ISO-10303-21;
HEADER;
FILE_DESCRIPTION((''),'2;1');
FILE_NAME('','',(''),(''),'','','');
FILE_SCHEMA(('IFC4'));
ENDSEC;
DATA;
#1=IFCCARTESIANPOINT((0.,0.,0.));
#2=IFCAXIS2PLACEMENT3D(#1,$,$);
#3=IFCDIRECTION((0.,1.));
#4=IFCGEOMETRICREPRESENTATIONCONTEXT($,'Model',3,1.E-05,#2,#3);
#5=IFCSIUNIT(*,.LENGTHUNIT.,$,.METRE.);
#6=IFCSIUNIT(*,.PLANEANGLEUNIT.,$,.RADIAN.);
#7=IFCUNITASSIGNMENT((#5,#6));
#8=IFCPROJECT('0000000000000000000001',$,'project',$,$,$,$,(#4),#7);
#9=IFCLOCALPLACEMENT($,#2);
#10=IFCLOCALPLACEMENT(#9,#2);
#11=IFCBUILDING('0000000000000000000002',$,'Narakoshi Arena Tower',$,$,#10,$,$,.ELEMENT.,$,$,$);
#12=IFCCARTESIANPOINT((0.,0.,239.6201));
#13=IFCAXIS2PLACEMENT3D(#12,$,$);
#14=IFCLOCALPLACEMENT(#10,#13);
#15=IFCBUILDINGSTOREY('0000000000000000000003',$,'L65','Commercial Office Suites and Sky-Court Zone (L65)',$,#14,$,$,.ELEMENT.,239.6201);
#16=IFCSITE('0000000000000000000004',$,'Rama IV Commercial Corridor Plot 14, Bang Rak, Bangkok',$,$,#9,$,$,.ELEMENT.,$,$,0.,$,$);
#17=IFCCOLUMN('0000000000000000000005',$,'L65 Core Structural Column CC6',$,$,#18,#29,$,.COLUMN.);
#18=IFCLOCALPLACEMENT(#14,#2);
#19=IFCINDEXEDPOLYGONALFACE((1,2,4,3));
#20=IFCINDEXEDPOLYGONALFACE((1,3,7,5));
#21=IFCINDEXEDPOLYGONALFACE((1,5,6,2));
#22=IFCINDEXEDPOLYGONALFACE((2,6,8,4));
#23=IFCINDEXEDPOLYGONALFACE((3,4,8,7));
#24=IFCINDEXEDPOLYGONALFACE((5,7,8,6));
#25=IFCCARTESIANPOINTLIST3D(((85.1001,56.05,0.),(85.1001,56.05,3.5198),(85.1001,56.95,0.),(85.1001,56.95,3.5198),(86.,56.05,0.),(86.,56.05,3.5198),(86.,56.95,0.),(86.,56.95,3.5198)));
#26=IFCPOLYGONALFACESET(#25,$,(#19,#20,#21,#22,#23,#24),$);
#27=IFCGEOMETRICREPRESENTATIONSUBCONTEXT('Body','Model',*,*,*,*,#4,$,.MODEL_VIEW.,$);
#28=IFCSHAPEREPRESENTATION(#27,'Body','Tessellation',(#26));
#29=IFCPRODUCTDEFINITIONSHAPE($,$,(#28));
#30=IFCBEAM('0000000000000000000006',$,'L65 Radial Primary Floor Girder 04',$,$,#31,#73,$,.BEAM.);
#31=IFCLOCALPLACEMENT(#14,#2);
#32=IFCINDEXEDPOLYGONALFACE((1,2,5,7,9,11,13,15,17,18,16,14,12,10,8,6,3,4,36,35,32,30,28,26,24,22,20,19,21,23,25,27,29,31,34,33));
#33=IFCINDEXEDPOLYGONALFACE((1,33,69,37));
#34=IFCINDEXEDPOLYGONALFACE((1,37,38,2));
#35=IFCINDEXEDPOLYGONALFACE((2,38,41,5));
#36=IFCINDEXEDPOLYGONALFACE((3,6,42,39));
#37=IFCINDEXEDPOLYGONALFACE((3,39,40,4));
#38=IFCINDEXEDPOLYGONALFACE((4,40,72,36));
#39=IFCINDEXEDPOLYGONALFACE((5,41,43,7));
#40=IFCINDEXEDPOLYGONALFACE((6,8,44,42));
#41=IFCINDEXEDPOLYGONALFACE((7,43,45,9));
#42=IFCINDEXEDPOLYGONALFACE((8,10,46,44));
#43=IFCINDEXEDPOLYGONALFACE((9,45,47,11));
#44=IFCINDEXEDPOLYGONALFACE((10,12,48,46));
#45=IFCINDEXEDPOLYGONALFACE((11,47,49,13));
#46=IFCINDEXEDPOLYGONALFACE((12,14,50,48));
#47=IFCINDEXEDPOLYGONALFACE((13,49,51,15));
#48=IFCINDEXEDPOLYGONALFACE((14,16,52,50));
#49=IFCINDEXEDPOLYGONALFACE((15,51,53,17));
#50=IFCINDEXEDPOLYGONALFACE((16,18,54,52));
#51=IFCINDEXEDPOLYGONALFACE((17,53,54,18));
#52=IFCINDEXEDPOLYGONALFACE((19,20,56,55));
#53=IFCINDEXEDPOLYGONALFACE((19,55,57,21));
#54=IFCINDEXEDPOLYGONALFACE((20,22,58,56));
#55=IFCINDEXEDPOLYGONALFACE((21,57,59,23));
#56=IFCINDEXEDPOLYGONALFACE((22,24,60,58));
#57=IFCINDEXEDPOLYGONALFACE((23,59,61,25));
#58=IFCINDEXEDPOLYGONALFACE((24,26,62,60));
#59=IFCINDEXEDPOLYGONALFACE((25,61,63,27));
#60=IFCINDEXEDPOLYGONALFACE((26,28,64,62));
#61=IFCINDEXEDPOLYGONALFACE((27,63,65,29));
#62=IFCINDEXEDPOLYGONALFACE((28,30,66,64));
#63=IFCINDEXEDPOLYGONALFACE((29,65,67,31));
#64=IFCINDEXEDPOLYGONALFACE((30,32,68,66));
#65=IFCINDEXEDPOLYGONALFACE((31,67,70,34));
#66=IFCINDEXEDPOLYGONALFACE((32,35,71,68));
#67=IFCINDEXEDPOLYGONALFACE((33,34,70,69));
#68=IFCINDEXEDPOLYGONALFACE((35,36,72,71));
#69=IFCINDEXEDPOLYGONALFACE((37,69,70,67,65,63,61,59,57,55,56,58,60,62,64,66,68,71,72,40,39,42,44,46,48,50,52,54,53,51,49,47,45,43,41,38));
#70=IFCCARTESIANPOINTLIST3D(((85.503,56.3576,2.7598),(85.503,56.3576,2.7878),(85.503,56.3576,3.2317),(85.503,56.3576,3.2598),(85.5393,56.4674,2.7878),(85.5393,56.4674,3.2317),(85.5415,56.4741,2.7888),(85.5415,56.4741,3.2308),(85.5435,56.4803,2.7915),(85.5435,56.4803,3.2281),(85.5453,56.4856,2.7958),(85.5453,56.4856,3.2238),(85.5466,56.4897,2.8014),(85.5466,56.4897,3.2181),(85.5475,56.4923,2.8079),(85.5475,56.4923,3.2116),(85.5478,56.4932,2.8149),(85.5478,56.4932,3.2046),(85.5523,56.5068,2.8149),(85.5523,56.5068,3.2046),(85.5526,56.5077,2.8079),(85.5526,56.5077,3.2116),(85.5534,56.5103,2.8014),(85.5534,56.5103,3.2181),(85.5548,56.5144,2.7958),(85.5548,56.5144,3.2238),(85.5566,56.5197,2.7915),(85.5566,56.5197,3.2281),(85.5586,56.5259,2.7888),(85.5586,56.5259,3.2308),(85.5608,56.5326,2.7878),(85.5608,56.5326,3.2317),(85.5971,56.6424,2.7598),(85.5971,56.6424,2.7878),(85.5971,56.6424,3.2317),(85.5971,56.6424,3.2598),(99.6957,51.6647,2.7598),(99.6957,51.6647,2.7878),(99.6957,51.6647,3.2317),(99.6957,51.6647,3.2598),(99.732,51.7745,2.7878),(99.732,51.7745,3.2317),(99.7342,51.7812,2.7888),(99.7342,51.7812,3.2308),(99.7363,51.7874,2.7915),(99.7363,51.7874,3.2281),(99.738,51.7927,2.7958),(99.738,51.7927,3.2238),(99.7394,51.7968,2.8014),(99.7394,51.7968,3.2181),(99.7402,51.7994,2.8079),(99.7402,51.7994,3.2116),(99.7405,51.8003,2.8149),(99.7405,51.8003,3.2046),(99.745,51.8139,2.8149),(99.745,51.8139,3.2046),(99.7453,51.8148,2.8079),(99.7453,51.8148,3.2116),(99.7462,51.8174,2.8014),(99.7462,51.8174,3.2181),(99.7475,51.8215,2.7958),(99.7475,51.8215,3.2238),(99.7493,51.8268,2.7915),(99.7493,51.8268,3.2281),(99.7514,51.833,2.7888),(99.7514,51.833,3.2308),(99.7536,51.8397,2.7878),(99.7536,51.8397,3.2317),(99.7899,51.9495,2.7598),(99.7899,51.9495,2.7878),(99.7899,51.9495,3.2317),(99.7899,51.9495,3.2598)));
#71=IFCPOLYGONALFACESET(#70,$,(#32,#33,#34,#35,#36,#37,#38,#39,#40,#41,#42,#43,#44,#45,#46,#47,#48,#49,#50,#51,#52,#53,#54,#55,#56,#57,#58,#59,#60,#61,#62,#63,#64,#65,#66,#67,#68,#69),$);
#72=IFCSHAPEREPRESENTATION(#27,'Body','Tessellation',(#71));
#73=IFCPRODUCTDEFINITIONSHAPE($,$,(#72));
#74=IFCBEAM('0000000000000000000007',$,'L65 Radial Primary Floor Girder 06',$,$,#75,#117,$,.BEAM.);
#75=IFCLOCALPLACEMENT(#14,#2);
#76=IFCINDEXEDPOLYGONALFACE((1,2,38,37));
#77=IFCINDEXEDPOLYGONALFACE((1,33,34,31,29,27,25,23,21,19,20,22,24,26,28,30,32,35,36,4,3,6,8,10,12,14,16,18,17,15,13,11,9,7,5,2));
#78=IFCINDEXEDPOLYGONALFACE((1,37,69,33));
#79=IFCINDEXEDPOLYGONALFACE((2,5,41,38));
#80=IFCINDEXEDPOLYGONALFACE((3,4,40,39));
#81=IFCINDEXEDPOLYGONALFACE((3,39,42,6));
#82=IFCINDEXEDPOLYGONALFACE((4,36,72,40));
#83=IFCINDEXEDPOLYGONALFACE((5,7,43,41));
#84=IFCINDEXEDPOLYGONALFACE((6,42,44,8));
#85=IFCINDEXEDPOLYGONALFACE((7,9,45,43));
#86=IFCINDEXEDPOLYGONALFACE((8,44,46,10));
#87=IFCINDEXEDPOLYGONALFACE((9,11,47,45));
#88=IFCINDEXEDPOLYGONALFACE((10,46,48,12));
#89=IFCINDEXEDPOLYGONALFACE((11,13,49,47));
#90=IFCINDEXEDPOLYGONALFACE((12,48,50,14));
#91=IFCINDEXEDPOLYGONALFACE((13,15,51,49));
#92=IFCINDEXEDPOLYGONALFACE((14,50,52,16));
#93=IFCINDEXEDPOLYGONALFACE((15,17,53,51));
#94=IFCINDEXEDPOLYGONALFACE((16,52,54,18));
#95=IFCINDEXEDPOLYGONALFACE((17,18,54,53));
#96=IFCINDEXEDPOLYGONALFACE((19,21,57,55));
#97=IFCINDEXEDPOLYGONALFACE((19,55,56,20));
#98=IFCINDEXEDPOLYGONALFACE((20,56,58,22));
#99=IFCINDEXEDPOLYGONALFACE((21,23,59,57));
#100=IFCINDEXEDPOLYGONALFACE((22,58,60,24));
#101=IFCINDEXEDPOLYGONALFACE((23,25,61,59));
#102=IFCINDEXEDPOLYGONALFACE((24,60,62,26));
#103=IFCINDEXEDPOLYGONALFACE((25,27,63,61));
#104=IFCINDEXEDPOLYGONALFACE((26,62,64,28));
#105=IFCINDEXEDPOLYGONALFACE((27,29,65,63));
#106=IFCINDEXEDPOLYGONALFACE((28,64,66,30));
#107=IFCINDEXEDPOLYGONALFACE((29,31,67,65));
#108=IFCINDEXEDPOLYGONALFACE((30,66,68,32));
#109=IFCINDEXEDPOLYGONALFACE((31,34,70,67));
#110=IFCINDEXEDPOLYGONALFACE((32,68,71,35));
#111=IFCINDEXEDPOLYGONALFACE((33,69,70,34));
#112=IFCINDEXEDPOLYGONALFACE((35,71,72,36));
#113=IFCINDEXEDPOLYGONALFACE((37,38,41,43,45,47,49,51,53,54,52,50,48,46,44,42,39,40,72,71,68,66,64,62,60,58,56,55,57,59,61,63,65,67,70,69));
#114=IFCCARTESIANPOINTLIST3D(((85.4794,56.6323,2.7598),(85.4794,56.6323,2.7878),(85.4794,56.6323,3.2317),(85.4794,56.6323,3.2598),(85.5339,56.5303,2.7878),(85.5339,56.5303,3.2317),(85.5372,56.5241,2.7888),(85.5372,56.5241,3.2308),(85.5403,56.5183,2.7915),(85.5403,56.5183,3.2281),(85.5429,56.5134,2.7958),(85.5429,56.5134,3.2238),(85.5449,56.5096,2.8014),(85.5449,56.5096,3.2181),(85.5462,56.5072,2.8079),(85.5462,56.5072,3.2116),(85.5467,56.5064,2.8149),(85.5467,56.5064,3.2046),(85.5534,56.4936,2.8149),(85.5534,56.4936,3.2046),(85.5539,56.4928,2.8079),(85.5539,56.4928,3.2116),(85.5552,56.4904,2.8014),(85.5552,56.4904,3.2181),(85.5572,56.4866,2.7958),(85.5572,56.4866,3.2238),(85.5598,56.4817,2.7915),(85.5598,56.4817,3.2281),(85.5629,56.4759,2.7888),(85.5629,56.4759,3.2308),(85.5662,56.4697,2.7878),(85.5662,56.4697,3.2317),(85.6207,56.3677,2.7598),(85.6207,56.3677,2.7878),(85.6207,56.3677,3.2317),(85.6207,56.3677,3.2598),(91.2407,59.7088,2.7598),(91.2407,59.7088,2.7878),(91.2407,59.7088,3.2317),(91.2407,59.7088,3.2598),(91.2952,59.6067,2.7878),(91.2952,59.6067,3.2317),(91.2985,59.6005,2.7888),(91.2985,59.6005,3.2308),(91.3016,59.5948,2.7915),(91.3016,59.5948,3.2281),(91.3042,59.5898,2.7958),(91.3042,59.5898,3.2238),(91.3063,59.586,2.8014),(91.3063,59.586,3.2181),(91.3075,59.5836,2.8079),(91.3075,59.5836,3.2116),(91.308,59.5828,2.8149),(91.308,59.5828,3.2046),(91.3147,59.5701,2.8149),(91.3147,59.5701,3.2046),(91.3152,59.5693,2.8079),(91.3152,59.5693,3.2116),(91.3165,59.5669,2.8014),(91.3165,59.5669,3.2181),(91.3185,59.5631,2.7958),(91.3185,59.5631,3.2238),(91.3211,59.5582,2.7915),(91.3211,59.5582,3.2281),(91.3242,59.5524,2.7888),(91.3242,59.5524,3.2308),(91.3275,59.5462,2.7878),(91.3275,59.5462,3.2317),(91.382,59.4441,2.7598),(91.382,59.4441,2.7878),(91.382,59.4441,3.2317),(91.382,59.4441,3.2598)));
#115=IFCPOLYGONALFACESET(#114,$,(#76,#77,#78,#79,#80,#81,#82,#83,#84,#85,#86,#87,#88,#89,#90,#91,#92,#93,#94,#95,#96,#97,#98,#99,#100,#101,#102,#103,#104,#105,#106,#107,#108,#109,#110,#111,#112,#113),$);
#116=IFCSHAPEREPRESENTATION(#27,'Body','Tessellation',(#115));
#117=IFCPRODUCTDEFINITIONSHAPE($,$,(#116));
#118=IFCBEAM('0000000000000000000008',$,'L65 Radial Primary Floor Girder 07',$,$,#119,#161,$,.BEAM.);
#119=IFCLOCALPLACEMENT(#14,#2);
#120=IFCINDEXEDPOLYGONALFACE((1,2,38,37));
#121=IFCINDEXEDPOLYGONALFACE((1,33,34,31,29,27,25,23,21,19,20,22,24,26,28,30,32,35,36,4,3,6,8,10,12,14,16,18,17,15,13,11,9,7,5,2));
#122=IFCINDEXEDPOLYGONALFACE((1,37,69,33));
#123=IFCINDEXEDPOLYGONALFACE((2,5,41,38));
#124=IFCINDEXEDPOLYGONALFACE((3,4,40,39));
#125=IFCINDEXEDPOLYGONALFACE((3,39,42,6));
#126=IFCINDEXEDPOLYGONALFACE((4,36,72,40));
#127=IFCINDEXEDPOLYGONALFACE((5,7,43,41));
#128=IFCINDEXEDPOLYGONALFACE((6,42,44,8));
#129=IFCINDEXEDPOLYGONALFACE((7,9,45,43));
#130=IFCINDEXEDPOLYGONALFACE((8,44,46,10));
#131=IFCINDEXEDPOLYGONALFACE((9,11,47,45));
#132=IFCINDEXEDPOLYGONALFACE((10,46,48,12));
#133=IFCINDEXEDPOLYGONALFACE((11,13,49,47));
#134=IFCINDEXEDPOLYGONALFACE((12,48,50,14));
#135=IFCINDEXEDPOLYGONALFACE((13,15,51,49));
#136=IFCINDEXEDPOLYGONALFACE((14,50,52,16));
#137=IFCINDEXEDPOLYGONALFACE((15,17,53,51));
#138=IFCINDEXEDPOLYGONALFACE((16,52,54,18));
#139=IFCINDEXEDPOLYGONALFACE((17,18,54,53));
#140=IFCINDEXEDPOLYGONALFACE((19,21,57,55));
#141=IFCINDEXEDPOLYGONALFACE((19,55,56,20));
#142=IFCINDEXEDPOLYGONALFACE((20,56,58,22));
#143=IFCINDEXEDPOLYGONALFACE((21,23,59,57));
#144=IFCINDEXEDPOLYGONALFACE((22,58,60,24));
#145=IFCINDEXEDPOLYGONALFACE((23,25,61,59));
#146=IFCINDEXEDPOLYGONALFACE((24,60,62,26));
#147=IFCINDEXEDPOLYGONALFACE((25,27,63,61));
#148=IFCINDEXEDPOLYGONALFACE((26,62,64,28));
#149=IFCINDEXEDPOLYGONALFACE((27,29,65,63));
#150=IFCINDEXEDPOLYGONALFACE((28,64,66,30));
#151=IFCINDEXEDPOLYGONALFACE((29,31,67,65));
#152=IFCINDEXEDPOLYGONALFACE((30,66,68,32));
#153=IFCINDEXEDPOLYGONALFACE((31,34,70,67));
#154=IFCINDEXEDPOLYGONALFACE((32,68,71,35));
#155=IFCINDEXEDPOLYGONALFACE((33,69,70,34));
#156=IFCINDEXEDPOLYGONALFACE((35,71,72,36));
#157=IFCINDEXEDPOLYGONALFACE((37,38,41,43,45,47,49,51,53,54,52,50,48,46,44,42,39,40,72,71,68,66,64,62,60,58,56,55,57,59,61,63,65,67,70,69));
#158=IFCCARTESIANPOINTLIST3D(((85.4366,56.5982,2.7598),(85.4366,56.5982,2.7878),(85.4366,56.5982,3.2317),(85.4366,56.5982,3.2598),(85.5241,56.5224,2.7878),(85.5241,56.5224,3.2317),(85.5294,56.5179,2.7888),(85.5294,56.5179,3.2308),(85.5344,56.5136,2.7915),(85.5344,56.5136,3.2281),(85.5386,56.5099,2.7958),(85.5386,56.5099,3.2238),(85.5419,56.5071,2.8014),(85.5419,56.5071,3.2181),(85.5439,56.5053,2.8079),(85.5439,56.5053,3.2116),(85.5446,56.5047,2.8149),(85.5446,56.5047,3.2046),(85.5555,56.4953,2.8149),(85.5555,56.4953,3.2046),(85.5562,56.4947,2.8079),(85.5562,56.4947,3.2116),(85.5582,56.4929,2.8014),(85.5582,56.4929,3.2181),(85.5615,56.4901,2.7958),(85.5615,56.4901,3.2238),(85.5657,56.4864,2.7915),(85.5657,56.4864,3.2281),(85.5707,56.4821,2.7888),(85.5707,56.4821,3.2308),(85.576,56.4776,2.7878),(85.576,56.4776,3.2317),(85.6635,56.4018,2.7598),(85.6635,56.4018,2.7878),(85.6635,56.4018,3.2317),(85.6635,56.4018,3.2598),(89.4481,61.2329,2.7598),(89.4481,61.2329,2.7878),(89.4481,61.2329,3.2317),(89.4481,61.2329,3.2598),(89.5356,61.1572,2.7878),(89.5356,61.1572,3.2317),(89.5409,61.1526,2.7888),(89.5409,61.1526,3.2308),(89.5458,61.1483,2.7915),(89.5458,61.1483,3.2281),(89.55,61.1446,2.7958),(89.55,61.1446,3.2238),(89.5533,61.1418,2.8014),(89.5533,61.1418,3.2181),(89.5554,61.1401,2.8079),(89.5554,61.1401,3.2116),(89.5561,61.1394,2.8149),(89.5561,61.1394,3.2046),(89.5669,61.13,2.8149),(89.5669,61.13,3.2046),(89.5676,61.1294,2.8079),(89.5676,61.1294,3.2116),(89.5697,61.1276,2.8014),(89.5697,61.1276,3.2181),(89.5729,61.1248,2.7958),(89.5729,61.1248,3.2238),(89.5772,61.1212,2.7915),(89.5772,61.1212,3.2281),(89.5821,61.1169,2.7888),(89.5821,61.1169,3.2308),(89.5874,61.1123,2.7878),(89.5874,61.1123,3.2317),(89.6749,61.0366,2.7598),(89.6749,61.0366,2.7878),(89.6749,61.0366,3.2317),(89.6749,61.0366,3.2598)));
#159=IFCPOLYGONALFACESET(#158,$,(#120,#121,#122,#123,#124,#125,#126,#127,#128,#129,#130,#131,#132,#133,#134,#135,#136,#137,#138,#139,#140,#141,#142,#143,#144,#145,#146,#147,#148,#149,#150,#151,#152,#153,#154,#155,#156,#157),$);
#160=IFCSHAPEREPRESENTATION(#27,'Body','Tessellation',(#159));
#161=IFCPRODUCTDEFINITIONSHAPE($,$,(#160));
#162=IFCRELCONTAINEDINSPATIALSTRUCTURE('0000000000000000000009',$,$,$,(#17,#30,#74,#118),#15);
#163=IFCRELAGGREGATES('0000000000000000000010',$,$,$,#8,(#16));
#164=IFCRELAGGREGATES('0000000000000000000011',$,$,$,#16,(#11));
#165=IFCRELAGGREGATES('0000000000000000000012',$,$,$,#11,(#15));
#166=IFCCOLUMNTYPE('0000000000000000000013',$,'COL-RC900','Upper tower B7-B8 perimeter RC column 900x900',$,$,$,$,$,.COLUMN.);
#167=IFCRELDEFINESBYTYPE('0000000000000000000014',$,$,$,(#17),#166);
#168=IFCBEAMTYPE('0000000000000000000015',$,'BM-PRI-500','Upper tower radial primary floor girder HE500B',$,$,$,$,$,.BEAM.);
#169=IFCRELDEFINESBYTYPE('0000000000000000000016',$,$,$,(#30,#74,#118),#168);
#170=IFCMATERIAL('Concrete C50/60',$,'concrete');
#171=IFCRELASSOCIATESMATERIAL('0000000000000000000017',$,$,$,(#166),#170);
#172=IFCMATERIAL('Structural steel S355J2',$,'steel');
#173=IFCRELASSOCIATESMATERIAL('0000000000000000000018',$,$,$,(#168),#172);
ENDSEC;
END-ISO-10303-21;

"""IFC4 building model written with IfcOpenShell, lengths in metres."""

from ifc_helpers import new_model, si_unit, direction, frame, origin, origin_2d, place, context, subcontext, project, spatial, rectangle, i_section, extrude, material, material_profile, profile_set, type_object, element, save


model = new_model("IFC4")

# Units and contexts
model_context = context("Model", 3, precision=1e-05, world=origin(), true_north=direction((0.0, 1.0)))
body_context = subcontext(model_context, "Body", "Model", "MODEL_VIEW")
ifc_project = project(units=[si_unit("LENGTHUNIT", "METRE"), si_unit("PLANEANGLEUNIT", "RADIAN")], contexts=[model_context])

# Site, building, storey
site_placement = place(None, origin())
site = spatial("IfcSite", under=ifc_project, at=site_placement, Name="Rama IV Commercial Corridor Plot 14, Bang Rak, Bangkok", CompositionType="ELEMENT", RefElevation=0.0)
building_placement = place(site_placement, origin())
building = spatial("IfcBuilding", under=site, at=building_placement, Name="Narakoshi Arena Tower", CompositionType="ELEMENT")
storey_placement = place(building_placement, frame((0.0, 0.0, 239.6201)))
storey = spatial("IfcBuildingStorey", under=building, at=storey_placement, Name="L65", Description="Commercial Office Suites and Sky-Court Zone (L65)", CompositionType="ELEMENT", Elevation=239.6201)

# Column
ifc_material_1 = material(Name="Concrete C50/60", Category="concrete")
ifc_material_profile_1 = material_profile(ifc_material_1, rectangle(XDim=0.8999, YDim=0.8999, at=origin_2d()), Name="RC900x900")
ifc_profile_set_1 = profile_set([ifc_material_profile_1], Name="Concrete C50/60")
column_type = type_object("IfcColumnType", Name="COL-RC900", Description="Upper tower B7-B8 perimeter RC column 900x900", PredefinedType="COLUMN", material=ifc_profile_set_1)
column_placement = place(storey_placement, frame((85.55, 56.5, 0.0), z_axis=(0.0, 0.0, 1.0), x_axis=(1.0, 0.0, 0.0)))
element("IfcColumn", 1, at=column_placement, inside=storey, type_object=column_type, Name="L65 Core Structural Column CC6", PredefinedType="COLUMN", context=body_context, shape_type="SweptSolid", body=[
    extrude(rectangle(XDim=0.8999, YDim=0.8999, at=origin_2d()), origin(), (0.0, 0.0, 1.0), 3.5198),
])

# Beams
ifc_material_2 = material(Name="Structural steel S355J2", Category="steel")
ifc_material_profile_2 = material_profile(ifc_material_2, i_section(OverallWidth=0.3, OverallDepth=0.5, WebThickness=0.0144, FlangeThickness=0.0281, FilletRadius=0.0271, at=origin_2d()), Name="HE500B")
ifc_profile_set_2 = profile_set([ifc_material_profile_2], Name="Structural steel S355J2")
beam_type = type_object("IfcBeamType", Name="BM-PRI-500", Description="Upper tower radial primary floor girder HE500B", PredefinedType="BEAM", material=ifc_profile_set_2)
beam_1_placement = place(storey_placement, frame((85.55, 56.5, 3.0098), z_axis=(0.949443, -0.313939, 0.0), x_axis=(0.313939, 0.949443, 0.0)))
element("IfcBeam", 2, at=beam_1_placement, inside=storey, type_object=beam_type, Name="L65 Radial Primary Floor Girder 04", PredefinedType="BEAM", context=body_context, shape_type="SweptSolid", body=[
    extrude(i_section(OverallWidth=0.3, OverallDepth=0.5, WebThickness=0.0144, FlangeThickness=0.0281, FilletRadius=0.0271, at=origin_2d()), origin(), (0.0, 0.0, 1.0), 14.9485),
])
beam_2_placement = place(storey_placement, frame((85.55, 56.5, 3.0098), z_axis=(0.882114, 0.471036, 0.0), x_axis=(-0.471036, 0.882114, 0.0)))
element("IfcBeam", 3, at=beam_2_placement, inside=storey, type_object=beam_type, Name="L65 Radial Primary Floor Girder 06", PredefinedType="BEAM", context=body_context, shape_type="SweptSolid", body=[
    extrude(i_section(OverallWidth=0.3, OverallDepth=0.5, WebThickness=0.0144, FlangeThickness=0.0281, FilletRadius=0.0271, at=origin_2d()), origin(), (0.0, 0.0, 1.0), 6.5312),
])
beam_3_placement = place(storey_placement, frame((85.55, 56.5, 3.0098), z_axis=(0.654435, 0.756119, 0.0), x_axis=(-0.756119, 0.654435, 0.0)))
element("IfcBeam", 4, at=beam_3_placement, inside=storey, type_object=beam_type, Name="L65 Radial Primary Floor Girder 07", PredefinedType="BEAM", context=body_context, shape_type="SweptSolid", body=[
    extrude(i_section(OverallWidth=0.3, OverallDepth=0.5, WebThickness=0.0144, FlangeThickness=0.0281, FilletRadius=0.0271, at=origin_2d()), origin(), (0.0, 0.0, 1.0), 6.1296),
])

save(model, "model.ifc")
